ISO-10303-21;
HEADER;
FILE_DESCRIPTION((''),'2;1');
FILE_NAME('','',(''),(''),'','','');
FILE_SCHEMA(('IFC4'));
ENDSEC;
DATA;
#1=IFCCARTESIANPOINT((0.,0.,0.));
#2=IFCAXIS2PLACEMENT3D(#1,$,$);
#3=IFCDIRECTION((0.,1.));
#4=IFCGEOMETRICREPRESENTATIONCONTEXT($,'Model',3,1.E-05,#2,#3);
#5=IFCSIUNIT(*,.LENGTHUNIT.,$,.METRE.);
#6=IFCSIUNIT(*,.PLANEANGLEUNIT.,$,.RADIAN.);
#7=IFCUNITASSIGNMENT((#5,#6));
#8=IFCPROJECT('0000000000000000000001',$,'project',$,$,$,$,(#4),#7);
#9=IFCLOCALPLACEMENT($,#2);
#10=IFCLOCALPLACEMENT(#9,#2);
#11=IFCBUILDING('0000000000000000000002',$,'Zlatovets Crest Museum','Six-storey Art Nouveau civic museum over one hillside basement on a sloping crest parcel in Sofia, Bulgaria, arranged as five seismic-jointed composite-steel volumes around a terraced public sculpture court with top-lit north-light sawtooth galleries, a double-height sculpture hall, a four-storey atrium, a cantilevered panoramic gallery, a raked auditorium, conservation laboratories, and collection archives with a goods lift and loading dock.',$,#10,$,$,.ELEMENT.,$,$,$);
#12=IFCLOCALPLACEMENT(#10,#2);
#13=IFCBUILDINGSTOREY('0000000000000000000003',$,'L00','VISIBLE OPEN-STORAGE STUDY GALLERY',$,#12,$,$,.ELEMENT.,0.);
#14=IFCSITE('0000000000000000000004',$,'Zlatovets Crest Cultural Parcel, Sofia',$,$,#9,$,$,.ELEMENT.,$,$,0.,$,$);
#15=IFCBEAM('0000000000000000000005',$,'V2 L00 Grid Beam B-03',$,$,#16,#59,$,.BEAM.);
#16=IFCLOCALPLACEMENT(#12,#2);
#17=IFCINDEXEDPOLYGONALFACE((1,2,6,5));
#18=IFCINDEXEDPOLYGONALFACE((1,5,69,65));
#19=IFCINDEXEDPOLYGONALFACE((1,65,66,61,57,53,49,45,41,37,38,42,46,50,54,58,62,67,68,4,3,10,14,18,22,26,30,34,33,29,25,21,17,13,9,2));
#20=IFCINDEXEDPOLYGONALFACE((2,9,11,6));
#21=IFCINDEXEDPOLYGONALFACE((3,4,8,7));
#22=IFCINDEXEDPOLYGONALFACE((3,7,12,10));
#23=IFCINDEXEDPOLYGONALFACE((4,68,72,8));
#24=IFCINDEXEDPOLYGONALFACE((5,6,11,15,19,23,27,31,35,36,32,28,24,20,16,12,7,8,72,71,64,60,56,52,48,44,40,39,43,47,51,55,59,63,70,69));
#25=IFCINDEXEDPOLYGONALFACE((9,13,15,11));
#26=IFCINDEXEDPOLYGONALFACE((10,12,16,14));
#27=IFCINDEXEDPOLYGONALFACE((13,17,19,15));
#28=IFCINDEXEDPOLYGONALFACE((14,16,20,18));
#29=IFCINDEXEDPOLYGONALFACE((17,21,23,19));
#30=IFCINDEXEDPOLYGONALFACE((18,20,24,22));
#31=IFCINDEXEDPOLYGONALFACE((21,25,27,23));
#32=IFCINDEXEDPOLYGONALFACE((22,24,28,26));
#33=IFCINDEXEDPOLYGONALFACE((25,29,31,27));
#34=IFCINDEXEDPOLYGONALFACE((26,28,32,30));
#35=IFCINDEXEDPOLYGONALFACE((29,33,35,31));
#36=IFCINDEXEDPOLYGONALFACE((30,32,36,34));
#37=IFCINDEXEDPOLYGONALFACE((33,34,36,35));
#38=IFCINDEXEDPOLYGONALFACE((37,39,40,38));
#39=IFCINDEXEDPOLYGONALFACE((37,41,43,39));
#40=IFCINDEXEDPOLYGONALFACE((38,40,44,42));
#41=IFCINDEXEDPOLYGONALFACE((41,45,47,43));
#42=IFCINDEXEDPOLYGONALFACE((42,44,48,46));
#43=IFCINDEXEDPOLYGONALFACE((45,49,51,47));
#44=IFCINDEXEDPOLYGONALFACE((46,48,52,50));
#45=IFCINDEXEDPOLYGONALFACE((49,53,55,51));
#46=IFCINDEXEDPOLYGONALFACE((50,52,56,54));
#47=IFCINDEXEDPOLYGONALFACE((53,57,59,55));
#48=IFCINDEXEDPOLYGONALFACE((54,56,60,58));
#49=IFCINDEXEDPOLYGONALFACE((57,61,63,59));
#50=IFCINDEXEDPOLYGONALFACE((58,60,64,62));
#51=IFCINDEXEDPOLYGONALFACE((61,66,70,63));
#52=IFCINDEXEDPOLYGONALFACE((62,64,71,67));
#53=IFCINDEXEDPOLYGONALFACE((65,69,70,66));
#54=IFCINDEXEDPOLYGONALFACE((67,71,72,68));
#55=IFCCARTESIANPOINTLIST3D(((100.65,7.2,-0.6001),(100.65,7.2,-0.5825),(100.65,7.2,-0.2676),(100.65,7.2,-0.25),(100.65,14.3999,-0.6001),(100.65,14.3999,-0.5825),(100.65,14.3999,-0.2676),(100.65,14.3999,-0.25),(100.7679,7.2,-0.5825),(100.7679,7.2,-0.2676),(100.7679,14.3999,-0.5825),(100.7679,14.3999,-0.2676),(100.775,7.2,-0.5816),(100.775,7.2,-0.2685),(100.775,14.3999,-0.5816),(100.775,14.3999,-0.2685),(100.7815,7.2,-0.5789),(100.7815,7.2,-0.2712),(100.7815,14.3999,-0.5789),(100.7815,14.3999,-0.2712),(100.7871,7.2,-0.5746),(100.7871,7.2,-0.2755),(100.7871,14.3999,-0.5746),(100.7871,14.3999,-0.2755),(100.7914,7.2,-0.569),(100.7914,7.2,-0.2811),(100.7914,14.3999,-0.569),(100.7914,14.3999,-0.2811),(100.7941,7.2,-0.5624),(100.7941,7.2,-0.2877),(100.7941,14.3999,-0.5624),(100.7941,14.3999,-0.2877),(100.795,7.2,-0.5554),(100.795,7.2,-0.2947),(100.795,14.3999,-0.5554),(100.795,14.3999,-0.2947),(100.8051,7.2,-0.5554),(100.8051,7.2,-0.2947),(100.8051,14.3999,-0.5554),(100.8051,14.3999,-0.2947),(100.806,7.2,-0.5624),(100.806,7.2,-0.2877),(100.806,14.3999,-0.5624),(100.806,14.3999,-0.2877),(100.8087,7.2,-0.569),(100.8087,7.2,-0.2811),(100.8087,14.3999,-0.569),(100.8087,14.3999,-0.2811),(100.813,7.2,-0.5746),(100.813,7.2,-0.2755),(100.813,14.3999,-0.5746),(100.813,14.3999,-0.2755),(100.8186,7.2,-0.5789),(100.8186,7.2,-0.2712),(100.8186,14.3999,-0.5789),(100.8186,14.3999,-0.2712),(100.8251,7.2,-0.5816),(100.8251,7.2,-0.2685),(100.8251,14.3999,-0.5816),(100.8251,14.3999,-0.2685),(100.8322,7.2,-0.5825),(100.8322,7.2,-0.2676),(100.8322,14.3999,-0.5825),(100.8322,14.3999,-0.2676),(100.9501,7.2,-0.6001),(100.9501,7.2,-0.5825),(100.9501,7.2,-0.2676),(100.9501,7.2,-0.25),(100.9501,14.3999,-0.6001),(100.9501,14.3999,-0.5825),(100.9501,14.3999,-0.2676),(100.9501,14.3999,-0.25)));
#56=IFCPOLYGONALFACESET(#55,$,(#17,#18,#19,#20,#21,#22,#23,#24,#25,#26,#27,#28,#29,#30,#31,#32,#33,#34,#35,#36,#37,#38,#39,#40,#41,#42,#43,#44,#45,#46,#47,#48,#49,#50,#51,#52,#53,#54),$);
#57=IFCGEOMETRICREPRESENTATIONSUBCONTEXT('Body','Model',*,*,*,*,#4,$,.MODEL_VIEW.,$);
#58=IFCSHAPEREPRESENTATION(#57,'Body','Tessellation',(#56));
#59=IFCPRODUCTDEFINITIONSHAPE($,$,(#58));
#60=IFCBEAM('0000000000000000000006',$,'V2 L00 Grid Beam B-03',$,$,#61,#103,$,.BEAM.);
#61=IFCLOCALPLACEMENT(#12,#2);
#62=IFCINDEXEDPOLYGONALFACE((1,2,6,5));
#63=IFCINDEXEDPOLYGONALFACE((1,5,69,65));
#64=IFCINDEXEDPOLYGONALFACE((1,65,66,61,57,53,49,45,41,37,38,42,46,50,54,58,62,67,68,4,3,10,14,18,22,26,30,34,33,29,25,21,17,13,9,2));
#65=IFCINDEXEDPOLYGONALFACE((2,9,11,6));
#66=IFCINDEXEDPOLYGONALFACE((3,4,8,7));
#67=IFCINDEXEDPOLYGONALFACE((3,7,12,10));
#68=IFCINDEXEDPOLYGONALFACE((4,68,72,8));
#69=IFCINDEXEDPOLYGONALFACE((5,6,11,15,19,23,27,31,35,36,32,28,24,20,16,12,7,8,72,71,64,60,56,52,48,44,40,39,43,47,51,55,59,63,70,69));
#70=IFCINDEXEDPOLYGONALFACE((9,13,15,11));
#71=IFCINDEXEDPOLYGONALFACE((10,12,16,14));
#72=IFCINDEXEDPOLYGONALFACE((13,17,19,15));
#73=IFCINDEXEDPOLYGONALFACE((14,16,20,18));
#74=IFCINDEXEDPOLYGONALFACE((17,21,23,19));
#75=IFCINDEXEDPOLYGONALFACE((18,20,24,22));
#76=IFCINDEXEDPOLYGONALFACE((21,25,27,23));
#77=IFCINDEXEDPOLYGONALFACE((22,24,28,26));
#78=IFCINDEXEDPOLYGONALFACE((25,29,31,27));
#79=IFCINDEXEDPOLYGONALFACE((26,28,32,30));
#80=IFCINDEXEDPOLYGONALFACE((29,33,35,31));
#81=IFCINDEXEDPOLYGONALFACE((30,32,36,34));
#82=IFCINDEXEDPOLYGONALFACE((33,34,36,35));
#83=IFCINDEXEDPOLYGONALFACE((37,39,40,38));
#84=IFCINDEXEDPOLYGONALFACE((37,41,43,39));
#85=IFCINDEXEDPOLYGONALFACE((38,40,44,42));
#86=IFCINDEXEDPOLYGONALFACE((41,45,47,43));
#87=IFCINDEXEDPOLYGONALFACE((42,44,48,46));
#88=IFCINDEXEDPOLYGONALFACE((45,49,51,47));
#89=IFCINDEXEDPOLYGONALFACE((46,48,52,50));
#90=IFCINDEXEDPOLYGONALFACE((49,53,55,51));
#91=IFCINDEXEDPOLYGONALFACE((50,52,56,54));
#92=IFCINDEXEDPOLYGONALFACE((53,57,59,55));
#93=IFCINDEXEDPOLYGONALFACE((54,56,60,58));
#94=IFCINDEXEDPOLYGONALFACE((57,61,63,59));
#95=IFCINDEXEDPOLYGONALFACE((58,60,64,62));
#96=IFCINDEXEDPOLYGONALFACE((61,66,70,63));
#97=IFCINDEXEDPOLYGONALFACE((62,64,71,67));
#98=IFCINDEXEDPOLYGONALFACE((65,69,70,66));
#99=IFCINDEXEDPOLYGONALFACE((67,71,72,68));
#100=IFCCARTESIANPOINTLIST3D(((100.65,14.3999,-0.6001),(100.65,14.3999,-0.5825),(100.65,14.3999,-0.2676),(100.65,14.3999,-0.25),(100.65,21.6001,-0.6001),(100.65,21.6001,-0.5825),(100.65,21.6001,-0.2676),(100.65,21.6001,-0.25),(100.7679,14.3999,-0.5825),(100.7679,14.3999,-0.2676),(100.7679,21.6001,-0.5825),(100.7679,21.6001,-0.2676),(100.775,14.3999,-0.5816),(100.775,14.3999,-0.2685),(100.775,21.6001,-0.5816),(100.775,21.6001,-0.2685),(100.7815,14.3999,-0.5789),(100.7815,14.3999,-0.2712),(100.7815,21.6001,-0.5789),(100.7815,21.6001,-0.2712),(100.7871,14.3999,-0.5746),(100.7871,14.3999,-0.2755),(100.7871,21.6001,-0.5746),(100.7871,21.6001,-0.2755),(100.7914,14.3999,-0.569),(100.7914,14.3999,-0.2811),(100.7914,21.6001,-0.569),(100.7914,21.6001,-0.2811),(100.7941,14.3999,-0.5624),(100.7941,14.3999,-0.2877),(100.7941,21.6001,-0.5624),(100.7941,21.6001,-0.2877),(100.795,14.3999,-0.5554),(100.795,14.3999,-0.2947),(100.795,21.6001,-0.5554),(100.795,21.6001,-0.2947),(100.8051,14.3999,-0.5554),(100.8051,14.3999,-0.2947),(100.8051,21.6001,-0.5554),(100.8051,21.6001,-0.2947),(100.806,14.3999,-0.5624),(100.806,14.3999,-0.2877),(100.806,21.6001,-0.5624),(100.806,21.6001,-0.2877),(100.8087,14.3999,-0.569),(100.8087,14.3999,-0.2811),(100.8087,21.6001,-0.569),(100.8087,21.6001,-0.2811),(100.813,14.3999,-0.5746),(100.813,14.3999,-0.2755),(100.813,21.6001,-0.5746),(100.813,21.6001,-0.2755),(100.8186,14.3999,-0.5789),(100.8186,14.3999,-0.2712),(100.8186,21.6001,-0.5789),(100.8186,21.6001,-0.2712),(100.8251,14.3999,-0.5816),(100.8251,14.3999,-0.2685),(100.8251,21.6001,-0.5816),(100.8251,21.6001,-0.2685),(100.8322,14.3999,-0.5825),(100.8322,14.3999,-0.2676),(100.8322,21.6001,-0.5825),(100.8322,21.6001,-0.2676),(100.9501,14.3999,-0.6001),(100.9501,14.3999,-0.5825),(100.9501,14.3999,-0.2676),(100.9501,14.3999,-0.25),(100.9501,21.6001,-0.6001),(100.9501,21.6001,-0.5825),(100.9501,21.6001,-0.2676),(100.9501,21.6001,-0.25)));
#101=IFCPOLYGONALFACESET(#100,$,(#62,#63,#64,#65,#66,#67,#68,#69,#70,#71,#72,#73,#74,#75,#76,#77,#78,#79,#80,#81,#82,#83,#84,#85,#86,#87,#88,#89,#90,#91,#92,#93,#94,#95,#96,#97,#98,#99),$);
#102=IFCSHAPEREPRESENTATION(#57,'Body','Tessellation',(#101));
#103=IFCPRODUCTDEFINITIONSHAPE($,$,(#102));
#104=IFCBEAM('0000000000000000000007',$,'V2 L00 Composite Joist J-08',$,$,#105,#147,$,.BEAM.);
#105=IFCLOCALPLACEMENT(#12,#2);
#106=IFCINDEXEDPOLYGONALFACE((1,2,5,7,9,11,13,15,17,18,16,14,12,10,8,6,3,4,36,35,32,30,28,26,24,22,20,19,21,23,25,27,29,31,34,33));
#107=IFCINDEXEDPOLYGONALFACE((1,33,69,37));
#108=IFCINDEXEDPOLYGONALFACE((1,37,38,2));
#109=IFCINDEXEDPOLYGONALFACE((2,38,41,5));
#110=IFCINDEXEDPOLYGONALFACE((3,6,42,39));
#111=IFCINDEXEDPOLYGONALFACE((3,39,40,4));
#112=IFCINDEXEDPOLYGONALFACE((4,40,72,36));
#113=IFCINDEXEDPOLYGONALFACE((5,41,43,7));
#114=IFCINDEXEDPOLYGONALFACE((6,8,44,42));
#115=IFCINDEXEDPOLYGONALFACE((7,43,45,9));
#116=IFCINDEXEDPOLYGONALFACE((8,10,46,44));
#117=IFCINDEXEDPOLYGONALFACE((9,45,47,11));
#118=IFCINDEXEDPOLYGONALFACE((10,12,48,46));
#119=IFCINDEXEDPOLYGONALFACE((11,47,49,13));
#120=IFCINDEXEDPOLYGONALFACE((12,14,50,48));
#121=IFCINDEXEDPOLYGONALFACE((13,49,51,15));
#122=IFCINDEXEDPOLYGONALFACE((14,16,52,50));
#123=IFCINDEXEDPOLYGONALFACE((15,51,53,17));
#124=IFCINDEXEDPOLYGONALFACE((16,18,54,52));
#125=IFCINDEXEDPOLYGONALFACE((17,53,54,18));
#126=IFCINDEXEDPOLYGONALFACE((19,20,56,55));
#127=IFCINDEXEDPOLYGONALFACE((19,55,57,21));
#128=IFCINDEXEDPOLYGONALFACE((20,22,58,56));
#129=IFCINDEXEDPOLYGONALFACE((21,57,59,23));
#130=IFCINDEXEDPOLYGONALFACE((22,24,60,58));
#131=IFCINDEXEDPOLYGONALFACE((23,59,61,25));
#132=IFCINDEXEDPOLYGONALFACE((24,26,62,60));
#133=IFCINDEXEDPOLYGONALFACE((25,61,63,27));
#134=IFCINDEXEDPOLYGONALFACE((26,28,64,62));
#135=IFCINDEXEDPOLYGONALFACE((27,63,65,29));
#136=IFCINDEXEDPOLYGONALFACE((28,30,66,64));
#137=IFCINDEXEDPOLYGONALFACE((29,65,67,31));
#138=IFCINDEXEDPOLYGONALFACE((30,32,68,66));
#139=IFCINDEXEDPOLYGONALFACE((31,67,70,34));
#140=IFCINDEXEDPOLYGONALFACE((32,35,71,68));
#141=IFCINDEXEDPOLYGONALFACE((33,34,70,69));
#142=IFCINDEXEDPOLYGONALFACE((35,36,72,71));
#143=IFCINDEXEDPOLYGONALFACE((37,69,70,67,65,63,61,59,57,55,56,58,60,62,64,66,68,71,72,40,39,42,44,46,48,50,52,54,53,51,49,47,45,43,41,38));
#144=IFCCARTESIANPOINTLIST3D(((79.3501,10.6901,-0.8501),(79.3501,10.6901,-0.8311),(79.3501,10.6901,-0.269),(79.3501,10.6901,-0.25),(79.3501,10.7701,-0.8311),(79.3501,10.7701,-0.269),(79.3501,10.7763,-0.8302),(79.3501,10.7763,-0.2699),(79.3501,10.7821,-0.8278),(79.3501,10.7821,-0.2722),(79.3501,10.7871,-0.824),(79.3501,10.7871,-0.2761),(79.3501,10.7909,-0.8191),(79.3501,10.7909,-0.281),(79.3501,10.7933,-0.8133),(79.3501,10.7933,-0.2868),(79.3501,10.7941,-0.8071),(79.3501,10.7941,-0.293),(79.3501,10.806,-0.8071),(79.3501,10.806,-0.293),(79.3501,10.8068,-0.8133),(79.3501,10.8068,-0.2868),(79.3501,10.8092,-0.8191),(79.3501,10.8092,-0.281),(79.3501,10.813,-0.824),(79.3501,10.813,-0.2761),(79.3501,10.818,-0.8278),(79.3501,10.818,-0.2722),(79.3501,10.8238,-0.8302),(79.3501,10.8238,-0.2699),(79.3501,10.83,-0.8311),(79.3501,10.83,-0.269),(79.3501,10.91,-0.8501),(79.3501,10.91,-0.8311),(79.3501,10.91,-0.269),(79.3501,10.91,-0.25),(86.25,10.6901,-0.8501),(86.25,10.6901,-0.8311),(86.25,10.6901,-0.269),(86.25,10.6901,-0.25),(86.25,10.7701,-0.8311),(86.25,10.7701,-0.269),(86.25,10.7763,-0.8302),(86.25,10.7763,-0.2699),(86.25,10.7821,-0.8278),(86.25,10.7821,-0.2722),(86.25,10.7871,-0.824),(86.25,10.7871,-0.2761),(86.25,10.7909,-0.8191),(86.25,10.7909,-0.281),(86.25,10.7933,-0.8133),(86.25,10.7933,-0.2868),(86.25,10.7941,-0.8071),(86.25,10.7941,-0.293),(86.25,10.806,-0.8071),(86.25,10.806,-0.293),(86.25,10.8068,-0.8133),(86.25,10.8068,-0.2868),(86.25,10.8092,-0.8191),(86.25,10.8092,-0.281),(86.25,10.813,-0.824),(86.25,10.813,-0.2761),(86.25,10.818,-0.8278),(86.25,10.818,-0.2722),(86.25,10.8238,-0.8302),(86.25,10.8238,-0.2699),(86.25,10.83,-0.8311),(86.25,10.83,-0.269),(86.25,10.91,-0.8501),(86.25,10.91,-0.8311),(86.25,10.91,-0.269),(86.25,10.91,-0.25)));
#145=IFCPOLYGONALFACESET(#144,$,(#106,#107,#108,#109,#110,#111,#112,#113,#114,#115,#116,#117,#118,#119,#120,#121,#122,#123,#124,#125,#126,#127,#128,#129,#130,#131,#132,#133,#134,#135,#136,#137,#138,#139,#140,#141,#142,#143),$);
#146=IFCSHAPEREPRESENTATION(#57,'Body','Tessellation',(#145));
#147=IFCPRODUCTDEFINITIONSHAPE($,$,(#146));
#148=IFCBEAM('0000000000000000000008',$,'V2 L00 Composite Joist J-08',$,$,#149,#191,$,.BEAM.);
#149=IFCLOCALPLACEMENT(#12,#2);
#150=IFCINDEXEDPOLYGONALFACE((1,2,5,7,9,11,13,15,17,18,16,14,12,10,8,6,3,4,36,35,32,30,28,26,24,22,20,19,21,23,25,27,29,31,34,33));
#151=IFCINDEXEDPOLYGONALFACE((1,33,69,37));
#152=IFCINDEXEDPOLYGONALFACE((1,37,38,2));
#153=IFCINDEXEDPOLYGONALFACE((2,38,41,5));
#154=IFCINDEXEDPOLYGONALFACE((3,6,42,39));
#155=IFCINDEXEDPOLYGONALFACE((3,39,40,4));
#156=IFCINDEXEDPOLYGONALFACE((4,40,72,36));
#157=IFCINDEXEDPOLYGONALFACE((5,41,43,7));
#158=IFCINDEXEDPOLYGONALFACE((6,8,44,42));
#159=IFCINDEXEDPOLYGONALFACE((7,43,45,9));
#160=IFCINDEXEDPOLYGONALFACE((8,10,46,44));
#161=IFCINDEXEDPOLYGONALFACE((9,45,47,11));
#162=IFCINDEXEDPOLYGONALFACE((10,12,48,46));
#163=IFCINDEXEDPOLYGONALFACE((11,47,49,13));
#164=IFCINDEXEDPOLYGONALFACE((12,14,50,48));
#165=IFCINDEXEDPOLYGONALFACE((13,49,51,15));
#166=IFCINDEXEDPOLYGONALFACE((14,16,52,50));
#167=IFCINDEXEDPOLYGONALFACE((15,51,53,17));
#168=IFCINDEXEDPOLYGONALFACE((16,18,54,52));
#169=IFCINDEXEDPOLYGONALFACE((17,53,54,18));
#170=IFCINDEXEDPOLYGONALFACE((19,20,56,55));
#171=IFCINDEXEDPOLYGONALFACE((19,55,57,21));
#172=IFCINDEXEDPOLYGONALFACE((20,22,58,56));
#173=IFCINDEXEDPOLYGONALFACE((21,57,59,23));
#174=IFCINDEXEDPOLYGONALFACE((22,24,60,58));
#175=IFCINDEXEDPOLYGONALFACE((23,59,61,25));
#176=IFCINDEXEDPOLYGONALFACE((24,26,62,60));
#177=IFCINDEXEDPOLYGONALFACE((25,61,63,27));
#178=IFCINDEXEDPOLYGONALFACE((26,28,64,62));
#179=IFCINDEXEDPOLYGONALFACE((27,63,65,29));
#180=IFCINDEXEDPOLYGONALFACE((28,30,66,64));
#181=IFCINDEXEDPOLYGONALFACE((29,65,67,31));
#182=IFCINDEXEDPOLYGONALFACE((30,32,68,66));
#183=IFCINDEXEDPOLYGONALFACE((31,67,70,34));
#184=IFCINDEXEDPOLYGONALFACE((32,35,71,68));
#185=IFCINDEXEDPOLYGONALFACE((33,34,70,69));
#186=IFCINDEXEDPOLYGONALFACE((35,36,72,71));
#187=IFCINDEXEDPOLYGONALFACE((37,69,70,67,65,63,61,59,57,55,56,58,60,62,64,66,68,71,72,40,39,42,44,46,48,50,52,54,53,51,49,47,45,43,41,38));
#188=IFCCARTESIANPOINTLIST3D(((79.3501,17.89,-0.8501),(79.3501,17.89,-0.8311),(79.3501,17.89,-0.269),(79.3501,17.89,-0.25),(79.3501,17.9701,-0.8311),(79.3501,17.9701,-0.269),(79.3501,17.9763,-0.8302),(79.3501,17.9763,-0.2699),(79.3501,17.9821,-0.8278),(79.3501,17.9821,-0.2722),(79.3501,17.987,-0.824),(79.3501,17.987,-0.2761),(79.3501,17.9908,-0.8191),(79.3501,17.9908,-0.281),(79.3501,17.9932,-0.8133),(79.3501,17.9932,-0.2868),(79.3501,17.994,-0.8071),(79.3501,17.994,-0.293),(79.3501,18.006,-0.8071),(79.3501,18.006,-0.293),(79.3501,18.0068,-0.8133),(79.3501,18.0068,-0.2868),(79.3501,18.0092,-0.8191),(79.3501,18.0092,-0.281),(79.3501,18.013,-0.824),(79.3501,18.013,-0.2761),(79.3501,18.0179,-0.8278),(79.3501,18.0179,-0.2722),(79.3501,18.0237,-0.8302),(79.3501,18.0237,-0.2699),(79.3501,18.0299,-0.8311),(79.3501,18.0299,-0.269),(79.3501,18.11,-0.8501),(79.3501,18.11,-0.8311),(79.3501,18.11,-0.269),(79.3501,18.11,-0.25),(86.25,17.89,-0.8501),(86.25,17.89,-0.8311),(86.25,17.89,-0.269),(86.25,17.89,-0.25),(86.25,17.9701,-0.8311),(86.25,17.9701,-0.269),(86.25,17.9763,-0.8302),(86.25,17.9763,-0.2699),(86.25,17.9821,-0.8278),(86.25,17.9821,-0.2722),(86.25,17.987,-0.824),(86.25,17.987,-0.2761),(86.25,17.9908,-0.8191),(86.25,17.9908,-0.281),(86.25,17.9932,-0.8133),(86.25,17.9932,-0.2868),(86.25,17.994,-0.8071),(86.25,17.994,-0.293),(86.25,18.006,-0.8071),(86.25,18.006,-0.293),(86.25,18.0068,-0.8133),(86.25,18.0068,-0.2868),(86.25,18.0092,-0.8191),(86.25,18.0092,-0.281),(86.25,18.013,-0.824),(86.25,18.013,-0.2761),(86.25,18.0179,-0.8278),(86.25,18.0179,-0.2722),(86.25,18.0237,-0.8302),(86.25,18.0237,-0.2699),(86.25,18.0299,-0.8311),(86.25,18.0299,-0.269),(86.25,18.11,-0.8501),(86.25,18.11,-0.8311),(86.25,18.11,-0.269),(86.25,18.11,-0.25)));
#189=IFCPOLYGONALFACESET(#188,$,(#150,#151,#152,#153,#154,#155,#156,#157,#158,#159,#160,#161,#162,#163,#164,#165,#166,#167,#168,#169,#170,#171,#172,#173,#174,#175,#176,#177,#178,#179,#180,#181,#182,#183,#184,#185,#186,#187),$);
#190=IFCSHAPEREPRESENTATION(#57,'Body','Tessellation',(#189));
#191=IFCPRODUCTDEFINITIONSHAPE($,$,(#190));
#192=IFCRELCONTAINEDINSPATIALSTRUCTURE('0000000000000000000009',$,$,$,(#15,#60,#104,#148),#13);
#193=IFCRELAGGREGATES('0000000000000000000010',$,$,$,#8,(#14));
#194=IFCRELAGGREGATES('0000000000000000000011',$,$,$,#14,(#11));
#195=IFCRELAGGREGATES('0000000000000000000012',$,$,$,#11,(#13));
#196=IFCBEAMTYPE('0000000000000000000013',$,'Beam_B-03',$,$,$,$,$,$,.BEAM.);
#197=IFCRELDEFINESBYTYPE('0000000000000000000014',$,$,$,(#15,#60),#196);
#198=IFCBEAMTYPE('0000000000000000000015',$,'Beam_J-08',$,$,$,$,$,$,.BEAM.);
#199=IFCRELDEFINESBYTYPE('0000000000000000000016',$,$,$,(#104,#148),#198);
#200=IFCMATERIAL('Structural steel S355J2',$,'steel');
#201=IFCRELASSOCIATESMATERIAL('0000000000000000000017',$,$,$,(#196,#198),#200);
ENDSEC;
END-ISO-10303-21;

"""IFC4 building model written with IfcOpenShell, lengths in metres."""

from ifc_helpers import new_model, si_unit, direction, frame, origin, origin_2d, place, context, subcontext, project, spatial, i_section, extrude, material, material_profile, profile_set, type_object, element, save


model = new_model("IFC4")

# Units and contexts
model_context = context("Model", 3, precision=1e-05, world=origin(), true_north=direction((0.0, 1.0)))
body_context = subcontext(model_context, "Body", "Model", "MODEL_VIEW")
ifc_project = project(units=[si_unit("LENGTHUNIT", "METRE"), si_unit("PLANEANGLEUNIT", "RADIAN")], contexts=[model_context])

# Site, building, storey
site_placement = place(None, origin())
site = spatial("IfcSite", under=ifc_project, at=site_placement, Name="Zlatovets Crest Cultural Parcel, Sofia", CompositionType="ELEMENT", RefElevation=0.0)
building_placement = place(site_placement, origin())
building = spatial("IfcBuilding", under=site, at=building_placement, Name="Zlatovets Crest Museum", Description="Six-storey Art Nouveau civic museum over one hillside basement on a sloping crest parcel in Sofia, Bulgaria, arranged as five seismic-jointed composite-steel volumes around a terraced public sculpture court with top-lit north-light sawtooth galleries, a double-height sculpture hall, a four-storey atrium, a cantilevered panoramic gallery, a raked auditorium, conservation laboratories, and collection archives with a goods lift and loading dock.", CompositionType="ELEMENT")
storey_placement = place(building_placement, origin())
storey = spatial("IfcBuildingStorey", under=building, at=storey_placement, Name="L00", Description="VISIBLE OPEN-STORAGE STUDY GALLERY", CompositionType="ELEMENT", Elevation=0.0)

# Shared definitions
ifc_material_1 = material(Name="Structural steel S355J2", Category="steel")

# Beams
ifc_material_profile_1 = material_profile(ifc_material_1, i_section(OverallWidth=0.3, OverallDepth=0.3501, WebThickness=0.01, FlangeThickness=0.0176, FilletRadius=0.0271, at=origin_2d()), Name="HEA 360")
ifc_profile_set_1 = profile_set([ifc_material_profile_1], Name="Structural steel S355J2")
beam_type_1 = type_object("IfcBeamType", Name="Beam_B-03", PredefinedType="BEAM", material=ifc_profile_set_1)
beam_1_placement = place(storey_placement, frame((100.8, 7.2, -0.425), z_axis=(0.0, 1.0, 0.0), x_axis=(-1.0, 0.0, 0.0)))
element("IfcBeam", 1, at=beam_1_placement, inside=storey, type_object=beam_type_1, Name="V2 L00 Grid Beam B-03", PredefinedType="BEAM", context=body_context, shape_type="SweptSolid", body=[
    extrude(i_section(OverallWidth=0.3, OverallDepth=0.3501, WebThickness=0.01, FlangeThickness=0.0176, FilletRadius=0.0271, at=origin_2d()), origin(), (0.0, 0.0, 1.0), 7.2),
])
beam_2_placement = place(storey_placement, frame((100.8, 14.3999, -0.425), z_axis=(0.0, 1.0, 0.0), x_axis=(-1.0, 0.0, 0.0)))
element("IfcBeam", 2, at=beam_2_placement, inside=storey, type_object=beam_type_1, Name="V2 L00 Grid Beam B-03", PredefinedType="BEAM", context=body_context, shape_type="SweptSolid", body=[
    extrude(i_section(OverallWidth=0.3, OverallDepth=0.3501, WebThickness=0.01, FlangeThickness=0.0176, FilletRadius=0.0271, at=origin_2d()), origin(), (0.0, 0.0, 1.0), 7.2002),
])
ifc_material_profile_2 = material_profile(ifc_material_1, i_section(OverallWidth=0.22, OverallDepth=0.6001, WebThickness=0.012, FlangeThickness=0.019, FilletRadius=0.0239, at=origin_2d()), Name="IPE 600")
ifc_profile_set_2 = profile_set([ifc_material_profile_2], Name="Structural steel S355J2")
beam_type_2 = type_object("IfcBeamType", Name="Beam_J-08", PredefinedType="BEAM", material=ifc_profile_set_2)
for number, where, z_axis, x_axis, name in (
    (3, (79.3501, 10.8, -0.55), (1.0, 0.0, 0.0), (0.0, 1.0, 0.0), "V2 L00 Composite Joist J-08"),
    (4, (79.3501, 18.0, -0.55), (1.0, 0.0, 0.0), (0.0, 1.0, 0.0), "V2 L00 Composite Joist J-08"),
):
    element("IfcBeam", number, at=place(storey_placement, frame(where, z_axis=z_axis, x_axis=x_axis)), inside=storey, type_object=beam_type_2, Name=name, PredefinedType="BEAM", context=body_context, shape_type="SweptSolid", body=[
        extrude(i_section(OverallWidth=0.22, OverallDepth=0.6001, WebThickness=0.012, FlangeThickness=0.019, FilletRadius=0.0239, at=origin_2d()), origin(), (0.0, 0.0, 1.0), 6.8999),
    ])

save(model, "model.ifc")
